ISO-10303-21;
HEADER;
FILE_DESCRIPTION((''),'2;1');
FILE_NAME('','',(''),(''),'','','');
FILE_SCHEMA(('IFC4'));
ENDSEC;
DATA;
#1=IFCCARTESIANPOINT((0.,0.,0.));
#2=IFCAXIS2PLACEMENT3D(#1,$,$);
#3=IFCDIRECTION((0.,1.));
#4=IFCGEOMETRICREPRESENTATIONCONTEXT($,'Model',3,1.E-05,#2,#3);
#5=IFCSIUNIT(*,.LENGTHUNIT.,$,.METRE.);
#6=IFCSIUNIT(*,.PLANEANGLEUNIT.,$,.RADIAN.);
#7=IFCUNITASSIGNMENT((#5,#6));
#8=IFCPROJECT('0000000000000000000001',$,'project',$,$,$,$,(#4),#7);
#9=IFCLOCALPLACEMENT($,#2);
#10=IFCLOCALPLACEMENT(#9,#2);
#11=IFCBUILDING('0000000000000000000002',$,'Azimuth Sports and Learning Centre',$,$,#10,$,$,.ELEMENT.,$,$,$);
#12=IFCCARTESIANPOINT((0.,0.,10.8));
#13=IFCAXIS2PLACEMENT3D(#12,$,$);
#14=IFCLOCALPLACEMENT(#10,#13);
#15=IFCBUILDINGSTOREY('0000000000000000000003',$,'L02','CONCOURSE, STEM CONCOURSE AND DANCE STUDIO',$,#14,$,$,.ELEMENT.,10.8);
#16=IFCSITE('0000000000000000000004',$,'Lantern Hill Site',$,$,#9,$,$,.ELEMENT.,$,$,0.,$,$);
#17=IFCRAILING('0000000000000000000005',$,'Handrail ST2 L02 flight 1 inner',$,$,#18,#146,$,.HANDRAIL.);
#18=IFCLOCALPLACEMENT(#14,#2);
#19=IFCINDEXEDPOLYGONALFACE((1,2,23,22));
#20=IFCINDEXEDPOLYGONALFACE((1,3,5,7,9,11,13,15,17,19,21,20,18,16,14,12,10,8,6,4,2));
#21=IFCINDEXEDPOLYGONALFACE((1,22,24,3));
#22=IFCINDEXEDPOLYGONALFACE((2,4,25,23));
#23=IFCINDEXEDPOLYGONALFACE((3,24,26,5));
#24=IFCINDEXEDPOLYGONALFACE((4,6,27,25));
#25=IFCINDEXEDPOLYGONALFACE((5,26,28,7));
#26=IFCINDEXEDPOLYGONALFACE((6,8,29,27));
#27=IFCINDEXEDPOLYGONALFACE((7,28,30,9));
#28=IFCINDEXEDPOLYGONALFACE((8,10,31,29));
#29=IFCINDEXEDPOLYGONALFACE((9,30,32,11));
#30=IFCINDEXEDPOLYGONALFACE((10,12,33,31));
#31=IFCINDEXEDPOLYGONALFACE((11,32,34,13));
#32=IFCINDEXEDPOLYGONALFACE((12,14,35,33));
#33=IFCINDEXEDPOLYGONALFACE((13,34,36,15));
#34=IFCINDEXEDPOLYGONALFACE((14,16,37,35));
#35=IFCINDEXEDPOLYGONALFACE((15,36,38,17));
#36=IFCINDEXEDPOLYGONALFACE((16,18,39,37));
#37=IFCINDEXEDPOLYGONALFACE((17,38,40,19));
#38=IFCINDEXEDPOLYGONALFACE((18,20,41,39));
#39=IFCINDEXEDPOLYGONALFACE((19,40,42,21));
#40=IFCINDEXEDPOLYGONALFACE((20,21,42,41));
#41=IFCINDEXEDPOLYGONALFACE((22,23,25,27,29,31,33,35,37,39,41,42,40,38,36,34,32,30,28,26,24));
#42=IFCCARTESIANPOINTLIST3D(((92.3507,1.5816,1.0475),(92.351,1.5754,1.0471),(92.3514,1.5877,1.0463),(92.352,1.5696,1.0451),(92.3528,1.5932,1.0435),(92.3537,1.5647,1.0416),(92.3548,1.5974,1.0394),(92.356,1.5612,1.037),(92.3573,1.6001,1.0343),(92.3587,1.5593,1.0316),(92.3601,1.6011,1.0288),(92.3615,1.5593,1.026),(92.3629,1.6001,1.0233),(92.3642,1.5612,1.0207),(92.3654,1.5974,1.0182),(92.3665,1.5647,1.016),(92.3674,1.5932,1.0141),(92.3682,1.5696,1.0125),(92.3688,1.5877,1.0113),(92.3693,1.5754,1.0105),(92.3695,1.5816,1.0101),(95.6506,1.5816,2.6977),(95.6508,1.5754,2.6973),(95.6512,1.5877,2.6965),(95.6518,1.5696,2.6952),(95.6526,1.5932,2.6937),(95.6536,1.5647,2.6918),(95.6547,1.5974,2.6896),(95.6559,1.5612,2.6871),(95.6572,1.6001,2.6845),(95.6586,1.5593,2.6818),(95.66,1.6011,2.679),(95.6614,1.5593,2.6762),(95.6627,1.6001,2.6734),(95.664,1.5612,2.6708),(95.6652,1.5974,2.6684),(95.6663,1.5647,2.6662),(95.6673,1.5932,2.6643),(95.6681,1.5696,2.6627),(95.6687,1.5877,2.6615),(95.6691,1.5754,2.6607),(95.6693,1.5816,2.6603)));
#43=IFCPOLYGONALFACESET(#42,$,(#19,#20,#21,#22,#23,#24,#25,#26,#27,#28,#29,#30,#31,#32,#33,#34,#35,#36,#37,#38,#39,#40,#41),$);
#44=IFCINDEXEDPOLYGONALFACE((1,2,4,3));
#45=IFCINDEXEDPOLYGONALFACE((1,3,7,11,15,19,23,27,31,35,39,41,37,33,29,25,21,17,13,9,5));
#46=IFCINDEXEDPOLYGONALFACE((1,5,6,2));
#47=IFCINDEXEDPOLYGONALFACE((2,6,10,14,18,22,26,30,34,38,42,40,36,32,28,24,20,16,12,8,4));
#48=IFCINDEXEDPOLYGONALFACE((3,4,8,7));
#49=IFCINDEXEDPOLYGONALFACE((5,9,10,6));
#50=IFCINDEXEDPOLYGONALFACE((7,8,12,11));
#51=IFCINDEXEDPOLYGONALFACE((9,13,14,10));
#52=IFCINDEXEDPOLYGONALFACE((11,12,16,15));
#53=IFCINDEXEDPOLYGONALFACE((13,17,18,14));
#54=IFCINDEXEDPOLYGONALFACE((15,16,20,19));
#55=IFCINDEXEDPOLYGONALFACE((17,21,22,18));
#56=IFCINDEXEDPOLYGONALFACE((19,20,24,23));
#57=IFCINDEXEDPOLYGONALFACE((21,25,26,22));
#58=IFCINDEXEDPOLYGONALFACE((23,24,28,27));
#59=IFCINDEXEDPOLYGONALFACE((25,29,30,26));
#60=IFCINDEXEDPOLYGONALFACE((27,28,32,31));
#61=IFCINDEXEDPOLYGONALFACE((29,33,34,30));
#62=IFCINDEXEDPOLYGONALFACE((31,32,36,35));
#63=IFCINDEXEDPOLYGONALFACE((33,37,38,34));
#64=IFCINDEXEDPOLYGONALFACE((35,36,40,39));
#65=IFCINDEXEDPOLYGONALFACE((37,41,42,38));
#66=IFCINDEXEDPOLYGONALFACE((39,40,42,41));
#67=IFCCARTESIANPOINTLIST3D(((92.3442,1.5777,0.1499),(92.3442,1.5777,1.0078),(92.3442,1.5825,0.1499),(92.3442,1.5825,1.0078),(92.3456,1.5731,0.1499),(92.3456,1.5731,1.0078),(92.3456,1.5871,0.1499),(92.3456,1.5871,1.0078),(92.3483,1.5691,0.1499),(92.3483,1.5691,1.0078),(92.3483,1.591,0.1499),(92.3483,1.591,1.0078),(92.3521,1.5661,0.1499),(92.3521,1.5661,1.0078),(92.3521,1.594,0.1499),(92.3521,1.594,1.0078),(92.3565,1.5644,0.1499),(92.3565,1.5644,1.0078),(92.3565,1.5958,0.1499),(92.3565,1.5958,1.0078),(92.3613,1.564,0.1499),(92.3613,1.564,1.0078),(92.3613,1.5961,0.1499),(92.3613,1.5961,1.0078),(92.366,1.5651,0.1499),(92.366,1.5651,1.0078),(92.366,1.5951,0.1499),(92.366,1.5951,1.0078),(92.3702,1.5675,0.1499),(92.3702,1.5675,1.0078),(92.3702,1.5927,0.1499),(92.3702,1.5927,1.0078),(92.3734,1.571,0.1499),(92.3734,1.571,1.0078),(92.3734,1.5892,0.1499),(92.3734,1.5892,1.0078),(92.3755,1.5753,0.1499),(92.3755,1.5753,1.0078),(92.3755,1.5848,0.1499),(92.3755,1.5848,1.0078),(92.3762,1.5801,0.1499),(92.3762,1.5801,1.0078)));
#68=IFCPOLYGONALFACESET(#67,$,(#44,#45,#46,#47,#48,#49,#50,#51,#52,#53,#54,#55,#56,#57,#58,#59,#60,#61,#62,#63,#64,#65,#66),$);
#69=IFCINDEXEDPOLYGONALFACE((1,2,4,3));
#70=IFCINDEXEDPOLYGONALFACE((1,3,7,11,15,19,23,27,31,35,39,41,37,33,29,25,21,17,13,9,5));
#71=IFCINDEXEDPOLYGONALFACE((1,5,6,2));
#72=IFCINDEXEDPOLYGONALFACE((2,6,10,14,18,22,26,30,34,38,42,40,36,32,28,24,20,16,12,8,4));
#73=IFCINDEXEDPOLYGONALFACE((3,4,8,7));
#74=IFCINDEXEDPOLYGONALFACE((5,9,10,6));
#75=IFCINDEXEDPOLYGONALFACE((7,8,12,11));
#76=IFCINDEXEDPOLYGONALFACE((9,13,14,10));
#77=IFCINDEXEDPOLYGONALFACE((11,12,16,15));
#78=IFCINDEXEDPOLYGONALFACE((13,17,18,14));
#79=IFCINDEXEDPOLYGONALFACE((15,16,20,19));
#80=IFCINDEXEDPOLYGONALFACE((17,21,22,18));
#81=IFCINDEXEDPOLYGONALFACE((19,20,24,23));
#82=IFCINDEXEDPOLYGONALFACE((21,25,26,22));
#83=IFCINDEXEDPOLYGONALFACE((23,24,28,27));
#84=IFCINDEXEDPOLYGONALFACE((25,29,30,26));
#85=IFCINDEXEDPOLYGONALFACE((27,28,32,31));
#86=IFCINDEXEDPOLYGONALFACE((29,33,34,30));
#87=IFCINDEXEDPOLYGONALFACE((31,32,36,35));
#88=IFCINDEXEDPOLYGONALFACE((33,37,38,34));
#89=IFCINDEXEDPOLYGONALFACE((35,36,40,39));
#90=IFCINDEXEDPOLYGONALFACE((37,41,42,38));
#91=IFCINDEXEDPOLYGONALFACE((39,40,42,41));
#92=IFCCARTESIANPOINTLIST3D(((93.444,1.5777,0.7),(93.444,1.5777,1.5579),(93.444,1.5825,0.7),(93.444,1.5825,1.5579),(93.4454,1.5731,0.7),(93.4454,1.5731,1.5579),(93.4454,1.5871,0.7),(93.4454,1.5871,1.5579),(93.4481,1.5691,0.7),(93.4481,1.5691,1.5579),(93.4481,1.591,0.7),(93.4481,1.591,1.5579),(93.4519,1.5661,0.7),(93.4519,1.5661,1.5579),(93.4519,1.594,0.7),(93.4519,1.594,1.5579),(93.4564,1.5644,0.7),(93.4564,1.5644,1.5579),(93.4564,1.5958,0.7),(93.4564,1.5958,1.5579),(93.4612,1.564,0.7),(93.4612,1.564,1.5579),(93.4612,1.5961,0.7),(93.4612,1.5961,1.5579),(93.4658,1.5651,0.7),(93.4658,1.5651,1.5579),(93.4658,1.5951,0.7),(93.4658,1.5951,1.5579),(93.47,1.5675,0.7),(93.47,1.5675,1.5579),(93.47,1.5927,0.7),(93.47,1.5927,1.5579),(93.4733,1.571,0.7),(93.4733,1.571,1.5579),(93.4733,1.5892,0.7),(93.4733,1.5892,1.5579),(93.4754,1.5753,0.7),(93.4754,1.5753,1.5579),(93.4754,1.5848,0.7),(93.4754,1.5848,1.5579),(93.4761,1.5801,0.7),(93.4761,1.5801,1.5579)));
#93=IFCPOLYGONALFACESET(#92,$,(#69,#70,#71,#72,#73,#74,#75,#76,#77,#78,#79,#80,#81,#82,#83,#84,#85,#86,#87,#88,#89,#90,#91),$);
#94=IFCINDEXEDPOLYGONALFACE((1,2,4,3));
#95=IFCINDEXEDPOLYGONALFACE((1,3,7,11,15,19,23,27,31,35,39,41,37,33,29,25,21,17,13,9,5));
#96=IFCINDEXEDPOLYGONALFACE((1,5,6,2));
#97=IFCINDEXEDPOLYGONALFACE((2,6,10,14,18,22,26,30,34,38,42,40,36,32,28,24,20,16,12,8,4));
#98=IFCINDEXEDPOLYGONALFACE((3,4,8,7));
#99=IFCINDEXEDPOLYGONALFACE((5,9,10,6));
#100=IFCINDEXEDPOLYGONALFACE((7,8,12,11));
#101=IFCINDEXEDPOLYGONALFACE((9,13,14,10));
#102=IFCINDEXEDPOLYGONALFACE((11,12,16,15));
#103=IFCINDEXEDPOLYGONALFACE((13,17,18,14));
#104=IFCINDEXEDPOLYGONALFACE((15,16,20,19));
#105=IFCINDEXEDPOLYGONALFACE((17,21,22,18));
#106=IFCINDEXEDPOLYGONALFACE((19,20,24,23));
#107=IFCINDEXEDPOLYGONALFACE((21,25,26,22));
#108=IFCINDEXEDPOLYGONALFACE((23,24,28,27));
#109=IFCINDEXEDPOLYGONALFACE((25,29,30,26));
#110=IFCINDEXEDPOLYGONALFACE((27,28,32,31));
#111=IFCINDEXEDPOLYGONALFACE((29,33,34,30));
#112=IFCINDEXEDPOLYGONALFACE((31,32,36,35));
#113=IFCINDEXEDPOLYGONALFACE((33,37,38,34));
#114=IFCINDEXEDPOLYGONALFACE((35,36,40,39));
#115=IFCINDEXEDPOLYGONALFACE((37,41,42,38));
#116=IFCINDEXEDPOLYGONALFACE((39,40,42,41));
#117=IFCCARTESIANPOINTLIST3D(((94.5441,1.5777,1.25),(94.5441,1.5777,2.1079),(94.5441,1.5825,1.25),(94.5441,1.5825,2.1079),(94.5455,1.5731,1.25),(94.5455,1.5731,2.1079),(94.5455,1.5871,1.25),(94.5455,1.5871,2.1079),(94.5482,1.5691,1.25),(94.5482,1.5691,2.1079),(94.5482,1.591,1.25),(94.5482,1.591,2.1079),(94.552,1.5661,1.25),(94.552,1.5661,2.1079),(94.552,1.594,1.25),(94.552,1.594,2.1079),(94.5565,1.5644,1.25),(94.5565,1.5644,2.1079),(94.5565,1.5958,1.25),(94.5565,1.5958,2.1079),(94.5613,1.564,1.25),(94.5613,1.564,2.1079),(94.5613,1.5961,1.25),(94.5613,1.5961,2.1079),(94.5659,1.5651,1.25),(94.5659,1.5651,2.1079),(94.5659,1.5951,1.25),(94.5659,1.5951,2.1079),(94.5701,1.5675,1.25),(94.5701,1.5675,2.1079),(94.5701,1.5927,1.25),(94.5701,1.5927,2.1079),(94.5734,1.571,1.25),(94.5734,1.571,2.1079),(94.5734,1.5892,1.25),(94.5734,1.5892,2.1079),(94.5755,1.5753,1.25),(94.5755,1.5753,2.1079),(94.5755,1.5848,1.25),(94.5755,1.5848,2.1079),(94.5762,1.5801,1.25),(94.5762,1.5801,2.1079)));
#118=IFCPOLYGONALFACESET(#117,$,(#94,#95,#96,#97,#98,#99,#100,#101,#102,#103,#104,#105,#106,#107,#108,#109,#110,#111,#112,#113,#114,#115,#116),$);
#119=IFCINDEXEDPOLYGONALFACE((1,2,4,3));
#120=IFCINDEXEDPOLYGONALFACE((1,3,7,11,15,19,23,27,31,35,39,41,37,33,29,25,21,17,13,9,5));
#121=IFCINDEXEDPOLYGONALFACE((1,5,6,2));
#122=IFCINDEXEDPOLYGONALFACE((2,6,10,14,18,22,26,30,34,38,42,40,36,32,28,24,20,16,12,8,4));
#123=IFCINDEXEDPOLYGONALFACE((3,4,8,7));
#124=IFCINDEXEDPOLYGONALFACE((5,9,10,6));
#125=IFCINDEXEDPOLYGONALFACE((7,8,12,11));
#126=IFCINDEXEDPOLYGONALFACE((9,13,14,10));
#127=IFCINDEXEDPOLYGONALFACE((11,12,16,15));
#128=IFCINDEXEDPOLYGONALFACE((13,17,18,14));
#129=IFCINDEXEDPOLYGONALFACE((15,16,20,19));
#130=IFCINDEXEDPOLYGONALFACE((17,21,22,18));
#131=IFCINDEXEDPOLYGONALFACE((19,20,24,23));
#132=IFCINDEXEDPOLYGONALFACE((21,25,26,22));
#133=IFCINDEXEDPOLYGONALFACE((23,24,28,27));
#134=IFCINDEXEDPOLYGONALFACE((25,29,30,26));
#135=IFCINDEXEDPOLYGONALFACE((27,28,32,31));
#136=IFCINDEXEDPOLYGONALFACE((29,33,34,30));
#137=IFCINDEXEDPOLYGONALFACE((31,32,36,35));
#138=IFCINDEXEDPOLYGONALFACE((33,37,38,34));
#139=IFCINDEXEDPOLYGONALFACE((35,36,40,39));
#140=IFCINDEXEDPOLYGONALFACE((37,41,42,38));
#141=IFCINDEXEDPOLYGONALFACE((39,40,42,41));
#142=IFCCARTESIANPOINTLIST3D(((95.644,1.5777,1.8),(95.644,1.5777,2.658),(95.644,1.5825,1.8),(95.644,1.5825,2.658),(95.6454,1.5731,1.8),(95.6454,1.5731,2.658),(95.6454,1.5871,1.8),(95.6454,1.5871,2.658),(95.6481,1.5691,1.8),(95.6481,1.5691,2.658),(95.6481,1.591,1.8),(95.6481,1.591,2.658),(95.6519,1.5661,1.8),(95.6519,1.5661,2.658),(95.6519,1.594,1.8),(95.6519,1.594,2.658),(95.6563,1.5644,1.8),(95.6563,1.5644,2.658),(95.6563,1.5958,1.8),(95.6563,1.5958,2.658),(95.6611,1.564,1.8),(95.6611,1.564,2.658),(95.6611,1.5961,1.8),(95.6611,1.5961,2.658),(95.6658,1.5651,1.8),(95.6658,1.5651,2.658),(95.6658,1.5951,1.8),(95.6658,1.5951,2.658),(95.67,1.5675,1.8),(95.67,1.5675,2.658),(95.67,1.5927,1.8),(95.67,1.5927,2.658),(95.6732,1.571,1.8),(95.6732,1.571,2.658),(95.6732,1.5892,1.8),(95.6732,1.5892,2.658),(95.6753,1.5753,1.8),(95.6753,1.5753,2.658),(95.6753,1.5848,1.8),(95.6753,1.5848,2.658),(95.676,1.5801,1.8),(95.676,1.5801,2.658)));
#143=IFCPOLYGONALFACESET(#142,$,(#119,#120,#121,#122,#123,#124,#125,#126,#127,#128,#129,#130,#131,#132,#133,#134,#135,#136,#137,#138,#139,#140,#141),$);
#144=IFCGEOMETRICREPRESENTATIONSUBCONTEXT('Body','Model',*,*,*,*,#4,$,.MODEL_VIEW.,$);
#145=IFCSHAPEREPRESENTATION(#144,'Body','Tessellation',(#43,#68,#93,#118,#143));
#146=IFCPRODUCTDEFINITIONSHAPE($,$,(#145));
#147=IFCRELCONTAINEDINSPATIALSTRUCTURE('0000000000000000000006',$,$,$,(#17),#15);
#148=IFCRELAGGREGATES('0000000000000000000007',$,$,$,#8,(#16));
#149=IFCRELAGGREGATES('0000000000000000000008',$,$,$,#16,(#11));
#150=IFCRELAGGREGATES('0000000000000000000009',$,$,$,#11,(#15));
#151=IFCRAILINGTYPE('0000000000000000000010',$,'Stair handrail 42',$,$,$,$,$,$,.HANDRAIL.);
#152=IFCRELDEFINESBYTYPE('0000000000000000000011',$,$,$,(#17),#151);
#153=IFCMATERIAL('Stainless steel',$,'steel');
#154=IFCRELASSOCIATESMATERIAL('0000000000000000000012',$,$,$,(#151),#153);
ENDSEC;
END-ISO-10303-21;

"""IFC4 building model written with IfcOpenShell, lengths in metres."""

from ifc_helpers import new_model, si_unit, direction, frame, origin, origin_2d, place, context, subcontext, project, spatial, circle, extrude, material, type_object, element, save


model = new_model("IFC4")

# Units and contexts
model_context = context("Model", 3, precision=1e-05, world=origin(), true_north=direction((0.0, 1.0)))
body_context = subcontext(model_context, "Body", "Model", "MODEL_VIEW")
ifc_project = project(units=[si_unit("LENGTHUNIT", "METRE"), si_unit("PLANEANGLEUNIT", "RADIAN")], contexts=[model_context])

# Site, building, storey
site_placement = place(None, origin())
site = spatial("IfcSite", under=ifc_project, at=site_placement, Name="Lantern Hill Site", CompositionType="ELEMENT", RefElevation=0.0)
building_placement = place(site_placement, origin())
building = spatial("IfcBuilding", under=site, at=building_placement, Name="Azimuth Sports and Learning Centre", CompositionType="ELEMENT")
storey_placement = place(building_placement, frame((0.0, 0.0, 10.8)))
storey = spatial("IfcBuildingStorey", under=building, at=storey_placement, Name="L02", Description="CONCOURSE, STEM CONCOURSE AND DANCE STUDIO", CompositionType="ELEMENT", Elevation=10.8)

# Railing
ifc_material_1 = material(Name="Stainless steel", Category="steel")
railing_type_1 = type_object("IfcRailingType", Name="Stair handrail 42", PredefinedType="HANDRAIL", material=ifc_material_1)
for number, where, name in (
    (1, (92.3601, 1.5801, 0.1499), "Handrail ST2 L02 flight 1 inner"),
):
    element("IfcRailing", number, at=place(storey_placement, frame(where)), inside=storey, type_object=railing_type_1, Name=name, PredefinedType="HANDRAIL", context=body_context, shape_type="SweptSolid", body=[
        extrude(circle(Radius=0.021, at=origin_2d()), frame((0.0, 0.0, 0.8789), z_axis=(0.894401, 0.0, 0.447267), x_axis=(0.0, 1.0, 0.0)), (0.0, 0.0, 1.0), 3.6895),
        extrude(circle(Radius=0.0161, at=origin_2d()), origin(), (0.0, 0.0, 1.0), 0.8579),
        extrude(circle(Radius=0.0161, at=origin_2d()), frame((1.0999, 0.0, 0.55)), (0.0, 0.0, 1.0), 0.8579),
        extrude(circle(Radius=0.0161, at=origin_2d()), frame((2.2, 0.0, 1.1001)), (0.0, 0.0, 1.0), 0.8579),
        extrude(circle(Radius=0.0161, at=origin_2d()), frame((3.2998, 0.0, 1.6501)), (0.0, 0.0, 1.0), 0.8579),
    ])

save(model, "model.ifc")
